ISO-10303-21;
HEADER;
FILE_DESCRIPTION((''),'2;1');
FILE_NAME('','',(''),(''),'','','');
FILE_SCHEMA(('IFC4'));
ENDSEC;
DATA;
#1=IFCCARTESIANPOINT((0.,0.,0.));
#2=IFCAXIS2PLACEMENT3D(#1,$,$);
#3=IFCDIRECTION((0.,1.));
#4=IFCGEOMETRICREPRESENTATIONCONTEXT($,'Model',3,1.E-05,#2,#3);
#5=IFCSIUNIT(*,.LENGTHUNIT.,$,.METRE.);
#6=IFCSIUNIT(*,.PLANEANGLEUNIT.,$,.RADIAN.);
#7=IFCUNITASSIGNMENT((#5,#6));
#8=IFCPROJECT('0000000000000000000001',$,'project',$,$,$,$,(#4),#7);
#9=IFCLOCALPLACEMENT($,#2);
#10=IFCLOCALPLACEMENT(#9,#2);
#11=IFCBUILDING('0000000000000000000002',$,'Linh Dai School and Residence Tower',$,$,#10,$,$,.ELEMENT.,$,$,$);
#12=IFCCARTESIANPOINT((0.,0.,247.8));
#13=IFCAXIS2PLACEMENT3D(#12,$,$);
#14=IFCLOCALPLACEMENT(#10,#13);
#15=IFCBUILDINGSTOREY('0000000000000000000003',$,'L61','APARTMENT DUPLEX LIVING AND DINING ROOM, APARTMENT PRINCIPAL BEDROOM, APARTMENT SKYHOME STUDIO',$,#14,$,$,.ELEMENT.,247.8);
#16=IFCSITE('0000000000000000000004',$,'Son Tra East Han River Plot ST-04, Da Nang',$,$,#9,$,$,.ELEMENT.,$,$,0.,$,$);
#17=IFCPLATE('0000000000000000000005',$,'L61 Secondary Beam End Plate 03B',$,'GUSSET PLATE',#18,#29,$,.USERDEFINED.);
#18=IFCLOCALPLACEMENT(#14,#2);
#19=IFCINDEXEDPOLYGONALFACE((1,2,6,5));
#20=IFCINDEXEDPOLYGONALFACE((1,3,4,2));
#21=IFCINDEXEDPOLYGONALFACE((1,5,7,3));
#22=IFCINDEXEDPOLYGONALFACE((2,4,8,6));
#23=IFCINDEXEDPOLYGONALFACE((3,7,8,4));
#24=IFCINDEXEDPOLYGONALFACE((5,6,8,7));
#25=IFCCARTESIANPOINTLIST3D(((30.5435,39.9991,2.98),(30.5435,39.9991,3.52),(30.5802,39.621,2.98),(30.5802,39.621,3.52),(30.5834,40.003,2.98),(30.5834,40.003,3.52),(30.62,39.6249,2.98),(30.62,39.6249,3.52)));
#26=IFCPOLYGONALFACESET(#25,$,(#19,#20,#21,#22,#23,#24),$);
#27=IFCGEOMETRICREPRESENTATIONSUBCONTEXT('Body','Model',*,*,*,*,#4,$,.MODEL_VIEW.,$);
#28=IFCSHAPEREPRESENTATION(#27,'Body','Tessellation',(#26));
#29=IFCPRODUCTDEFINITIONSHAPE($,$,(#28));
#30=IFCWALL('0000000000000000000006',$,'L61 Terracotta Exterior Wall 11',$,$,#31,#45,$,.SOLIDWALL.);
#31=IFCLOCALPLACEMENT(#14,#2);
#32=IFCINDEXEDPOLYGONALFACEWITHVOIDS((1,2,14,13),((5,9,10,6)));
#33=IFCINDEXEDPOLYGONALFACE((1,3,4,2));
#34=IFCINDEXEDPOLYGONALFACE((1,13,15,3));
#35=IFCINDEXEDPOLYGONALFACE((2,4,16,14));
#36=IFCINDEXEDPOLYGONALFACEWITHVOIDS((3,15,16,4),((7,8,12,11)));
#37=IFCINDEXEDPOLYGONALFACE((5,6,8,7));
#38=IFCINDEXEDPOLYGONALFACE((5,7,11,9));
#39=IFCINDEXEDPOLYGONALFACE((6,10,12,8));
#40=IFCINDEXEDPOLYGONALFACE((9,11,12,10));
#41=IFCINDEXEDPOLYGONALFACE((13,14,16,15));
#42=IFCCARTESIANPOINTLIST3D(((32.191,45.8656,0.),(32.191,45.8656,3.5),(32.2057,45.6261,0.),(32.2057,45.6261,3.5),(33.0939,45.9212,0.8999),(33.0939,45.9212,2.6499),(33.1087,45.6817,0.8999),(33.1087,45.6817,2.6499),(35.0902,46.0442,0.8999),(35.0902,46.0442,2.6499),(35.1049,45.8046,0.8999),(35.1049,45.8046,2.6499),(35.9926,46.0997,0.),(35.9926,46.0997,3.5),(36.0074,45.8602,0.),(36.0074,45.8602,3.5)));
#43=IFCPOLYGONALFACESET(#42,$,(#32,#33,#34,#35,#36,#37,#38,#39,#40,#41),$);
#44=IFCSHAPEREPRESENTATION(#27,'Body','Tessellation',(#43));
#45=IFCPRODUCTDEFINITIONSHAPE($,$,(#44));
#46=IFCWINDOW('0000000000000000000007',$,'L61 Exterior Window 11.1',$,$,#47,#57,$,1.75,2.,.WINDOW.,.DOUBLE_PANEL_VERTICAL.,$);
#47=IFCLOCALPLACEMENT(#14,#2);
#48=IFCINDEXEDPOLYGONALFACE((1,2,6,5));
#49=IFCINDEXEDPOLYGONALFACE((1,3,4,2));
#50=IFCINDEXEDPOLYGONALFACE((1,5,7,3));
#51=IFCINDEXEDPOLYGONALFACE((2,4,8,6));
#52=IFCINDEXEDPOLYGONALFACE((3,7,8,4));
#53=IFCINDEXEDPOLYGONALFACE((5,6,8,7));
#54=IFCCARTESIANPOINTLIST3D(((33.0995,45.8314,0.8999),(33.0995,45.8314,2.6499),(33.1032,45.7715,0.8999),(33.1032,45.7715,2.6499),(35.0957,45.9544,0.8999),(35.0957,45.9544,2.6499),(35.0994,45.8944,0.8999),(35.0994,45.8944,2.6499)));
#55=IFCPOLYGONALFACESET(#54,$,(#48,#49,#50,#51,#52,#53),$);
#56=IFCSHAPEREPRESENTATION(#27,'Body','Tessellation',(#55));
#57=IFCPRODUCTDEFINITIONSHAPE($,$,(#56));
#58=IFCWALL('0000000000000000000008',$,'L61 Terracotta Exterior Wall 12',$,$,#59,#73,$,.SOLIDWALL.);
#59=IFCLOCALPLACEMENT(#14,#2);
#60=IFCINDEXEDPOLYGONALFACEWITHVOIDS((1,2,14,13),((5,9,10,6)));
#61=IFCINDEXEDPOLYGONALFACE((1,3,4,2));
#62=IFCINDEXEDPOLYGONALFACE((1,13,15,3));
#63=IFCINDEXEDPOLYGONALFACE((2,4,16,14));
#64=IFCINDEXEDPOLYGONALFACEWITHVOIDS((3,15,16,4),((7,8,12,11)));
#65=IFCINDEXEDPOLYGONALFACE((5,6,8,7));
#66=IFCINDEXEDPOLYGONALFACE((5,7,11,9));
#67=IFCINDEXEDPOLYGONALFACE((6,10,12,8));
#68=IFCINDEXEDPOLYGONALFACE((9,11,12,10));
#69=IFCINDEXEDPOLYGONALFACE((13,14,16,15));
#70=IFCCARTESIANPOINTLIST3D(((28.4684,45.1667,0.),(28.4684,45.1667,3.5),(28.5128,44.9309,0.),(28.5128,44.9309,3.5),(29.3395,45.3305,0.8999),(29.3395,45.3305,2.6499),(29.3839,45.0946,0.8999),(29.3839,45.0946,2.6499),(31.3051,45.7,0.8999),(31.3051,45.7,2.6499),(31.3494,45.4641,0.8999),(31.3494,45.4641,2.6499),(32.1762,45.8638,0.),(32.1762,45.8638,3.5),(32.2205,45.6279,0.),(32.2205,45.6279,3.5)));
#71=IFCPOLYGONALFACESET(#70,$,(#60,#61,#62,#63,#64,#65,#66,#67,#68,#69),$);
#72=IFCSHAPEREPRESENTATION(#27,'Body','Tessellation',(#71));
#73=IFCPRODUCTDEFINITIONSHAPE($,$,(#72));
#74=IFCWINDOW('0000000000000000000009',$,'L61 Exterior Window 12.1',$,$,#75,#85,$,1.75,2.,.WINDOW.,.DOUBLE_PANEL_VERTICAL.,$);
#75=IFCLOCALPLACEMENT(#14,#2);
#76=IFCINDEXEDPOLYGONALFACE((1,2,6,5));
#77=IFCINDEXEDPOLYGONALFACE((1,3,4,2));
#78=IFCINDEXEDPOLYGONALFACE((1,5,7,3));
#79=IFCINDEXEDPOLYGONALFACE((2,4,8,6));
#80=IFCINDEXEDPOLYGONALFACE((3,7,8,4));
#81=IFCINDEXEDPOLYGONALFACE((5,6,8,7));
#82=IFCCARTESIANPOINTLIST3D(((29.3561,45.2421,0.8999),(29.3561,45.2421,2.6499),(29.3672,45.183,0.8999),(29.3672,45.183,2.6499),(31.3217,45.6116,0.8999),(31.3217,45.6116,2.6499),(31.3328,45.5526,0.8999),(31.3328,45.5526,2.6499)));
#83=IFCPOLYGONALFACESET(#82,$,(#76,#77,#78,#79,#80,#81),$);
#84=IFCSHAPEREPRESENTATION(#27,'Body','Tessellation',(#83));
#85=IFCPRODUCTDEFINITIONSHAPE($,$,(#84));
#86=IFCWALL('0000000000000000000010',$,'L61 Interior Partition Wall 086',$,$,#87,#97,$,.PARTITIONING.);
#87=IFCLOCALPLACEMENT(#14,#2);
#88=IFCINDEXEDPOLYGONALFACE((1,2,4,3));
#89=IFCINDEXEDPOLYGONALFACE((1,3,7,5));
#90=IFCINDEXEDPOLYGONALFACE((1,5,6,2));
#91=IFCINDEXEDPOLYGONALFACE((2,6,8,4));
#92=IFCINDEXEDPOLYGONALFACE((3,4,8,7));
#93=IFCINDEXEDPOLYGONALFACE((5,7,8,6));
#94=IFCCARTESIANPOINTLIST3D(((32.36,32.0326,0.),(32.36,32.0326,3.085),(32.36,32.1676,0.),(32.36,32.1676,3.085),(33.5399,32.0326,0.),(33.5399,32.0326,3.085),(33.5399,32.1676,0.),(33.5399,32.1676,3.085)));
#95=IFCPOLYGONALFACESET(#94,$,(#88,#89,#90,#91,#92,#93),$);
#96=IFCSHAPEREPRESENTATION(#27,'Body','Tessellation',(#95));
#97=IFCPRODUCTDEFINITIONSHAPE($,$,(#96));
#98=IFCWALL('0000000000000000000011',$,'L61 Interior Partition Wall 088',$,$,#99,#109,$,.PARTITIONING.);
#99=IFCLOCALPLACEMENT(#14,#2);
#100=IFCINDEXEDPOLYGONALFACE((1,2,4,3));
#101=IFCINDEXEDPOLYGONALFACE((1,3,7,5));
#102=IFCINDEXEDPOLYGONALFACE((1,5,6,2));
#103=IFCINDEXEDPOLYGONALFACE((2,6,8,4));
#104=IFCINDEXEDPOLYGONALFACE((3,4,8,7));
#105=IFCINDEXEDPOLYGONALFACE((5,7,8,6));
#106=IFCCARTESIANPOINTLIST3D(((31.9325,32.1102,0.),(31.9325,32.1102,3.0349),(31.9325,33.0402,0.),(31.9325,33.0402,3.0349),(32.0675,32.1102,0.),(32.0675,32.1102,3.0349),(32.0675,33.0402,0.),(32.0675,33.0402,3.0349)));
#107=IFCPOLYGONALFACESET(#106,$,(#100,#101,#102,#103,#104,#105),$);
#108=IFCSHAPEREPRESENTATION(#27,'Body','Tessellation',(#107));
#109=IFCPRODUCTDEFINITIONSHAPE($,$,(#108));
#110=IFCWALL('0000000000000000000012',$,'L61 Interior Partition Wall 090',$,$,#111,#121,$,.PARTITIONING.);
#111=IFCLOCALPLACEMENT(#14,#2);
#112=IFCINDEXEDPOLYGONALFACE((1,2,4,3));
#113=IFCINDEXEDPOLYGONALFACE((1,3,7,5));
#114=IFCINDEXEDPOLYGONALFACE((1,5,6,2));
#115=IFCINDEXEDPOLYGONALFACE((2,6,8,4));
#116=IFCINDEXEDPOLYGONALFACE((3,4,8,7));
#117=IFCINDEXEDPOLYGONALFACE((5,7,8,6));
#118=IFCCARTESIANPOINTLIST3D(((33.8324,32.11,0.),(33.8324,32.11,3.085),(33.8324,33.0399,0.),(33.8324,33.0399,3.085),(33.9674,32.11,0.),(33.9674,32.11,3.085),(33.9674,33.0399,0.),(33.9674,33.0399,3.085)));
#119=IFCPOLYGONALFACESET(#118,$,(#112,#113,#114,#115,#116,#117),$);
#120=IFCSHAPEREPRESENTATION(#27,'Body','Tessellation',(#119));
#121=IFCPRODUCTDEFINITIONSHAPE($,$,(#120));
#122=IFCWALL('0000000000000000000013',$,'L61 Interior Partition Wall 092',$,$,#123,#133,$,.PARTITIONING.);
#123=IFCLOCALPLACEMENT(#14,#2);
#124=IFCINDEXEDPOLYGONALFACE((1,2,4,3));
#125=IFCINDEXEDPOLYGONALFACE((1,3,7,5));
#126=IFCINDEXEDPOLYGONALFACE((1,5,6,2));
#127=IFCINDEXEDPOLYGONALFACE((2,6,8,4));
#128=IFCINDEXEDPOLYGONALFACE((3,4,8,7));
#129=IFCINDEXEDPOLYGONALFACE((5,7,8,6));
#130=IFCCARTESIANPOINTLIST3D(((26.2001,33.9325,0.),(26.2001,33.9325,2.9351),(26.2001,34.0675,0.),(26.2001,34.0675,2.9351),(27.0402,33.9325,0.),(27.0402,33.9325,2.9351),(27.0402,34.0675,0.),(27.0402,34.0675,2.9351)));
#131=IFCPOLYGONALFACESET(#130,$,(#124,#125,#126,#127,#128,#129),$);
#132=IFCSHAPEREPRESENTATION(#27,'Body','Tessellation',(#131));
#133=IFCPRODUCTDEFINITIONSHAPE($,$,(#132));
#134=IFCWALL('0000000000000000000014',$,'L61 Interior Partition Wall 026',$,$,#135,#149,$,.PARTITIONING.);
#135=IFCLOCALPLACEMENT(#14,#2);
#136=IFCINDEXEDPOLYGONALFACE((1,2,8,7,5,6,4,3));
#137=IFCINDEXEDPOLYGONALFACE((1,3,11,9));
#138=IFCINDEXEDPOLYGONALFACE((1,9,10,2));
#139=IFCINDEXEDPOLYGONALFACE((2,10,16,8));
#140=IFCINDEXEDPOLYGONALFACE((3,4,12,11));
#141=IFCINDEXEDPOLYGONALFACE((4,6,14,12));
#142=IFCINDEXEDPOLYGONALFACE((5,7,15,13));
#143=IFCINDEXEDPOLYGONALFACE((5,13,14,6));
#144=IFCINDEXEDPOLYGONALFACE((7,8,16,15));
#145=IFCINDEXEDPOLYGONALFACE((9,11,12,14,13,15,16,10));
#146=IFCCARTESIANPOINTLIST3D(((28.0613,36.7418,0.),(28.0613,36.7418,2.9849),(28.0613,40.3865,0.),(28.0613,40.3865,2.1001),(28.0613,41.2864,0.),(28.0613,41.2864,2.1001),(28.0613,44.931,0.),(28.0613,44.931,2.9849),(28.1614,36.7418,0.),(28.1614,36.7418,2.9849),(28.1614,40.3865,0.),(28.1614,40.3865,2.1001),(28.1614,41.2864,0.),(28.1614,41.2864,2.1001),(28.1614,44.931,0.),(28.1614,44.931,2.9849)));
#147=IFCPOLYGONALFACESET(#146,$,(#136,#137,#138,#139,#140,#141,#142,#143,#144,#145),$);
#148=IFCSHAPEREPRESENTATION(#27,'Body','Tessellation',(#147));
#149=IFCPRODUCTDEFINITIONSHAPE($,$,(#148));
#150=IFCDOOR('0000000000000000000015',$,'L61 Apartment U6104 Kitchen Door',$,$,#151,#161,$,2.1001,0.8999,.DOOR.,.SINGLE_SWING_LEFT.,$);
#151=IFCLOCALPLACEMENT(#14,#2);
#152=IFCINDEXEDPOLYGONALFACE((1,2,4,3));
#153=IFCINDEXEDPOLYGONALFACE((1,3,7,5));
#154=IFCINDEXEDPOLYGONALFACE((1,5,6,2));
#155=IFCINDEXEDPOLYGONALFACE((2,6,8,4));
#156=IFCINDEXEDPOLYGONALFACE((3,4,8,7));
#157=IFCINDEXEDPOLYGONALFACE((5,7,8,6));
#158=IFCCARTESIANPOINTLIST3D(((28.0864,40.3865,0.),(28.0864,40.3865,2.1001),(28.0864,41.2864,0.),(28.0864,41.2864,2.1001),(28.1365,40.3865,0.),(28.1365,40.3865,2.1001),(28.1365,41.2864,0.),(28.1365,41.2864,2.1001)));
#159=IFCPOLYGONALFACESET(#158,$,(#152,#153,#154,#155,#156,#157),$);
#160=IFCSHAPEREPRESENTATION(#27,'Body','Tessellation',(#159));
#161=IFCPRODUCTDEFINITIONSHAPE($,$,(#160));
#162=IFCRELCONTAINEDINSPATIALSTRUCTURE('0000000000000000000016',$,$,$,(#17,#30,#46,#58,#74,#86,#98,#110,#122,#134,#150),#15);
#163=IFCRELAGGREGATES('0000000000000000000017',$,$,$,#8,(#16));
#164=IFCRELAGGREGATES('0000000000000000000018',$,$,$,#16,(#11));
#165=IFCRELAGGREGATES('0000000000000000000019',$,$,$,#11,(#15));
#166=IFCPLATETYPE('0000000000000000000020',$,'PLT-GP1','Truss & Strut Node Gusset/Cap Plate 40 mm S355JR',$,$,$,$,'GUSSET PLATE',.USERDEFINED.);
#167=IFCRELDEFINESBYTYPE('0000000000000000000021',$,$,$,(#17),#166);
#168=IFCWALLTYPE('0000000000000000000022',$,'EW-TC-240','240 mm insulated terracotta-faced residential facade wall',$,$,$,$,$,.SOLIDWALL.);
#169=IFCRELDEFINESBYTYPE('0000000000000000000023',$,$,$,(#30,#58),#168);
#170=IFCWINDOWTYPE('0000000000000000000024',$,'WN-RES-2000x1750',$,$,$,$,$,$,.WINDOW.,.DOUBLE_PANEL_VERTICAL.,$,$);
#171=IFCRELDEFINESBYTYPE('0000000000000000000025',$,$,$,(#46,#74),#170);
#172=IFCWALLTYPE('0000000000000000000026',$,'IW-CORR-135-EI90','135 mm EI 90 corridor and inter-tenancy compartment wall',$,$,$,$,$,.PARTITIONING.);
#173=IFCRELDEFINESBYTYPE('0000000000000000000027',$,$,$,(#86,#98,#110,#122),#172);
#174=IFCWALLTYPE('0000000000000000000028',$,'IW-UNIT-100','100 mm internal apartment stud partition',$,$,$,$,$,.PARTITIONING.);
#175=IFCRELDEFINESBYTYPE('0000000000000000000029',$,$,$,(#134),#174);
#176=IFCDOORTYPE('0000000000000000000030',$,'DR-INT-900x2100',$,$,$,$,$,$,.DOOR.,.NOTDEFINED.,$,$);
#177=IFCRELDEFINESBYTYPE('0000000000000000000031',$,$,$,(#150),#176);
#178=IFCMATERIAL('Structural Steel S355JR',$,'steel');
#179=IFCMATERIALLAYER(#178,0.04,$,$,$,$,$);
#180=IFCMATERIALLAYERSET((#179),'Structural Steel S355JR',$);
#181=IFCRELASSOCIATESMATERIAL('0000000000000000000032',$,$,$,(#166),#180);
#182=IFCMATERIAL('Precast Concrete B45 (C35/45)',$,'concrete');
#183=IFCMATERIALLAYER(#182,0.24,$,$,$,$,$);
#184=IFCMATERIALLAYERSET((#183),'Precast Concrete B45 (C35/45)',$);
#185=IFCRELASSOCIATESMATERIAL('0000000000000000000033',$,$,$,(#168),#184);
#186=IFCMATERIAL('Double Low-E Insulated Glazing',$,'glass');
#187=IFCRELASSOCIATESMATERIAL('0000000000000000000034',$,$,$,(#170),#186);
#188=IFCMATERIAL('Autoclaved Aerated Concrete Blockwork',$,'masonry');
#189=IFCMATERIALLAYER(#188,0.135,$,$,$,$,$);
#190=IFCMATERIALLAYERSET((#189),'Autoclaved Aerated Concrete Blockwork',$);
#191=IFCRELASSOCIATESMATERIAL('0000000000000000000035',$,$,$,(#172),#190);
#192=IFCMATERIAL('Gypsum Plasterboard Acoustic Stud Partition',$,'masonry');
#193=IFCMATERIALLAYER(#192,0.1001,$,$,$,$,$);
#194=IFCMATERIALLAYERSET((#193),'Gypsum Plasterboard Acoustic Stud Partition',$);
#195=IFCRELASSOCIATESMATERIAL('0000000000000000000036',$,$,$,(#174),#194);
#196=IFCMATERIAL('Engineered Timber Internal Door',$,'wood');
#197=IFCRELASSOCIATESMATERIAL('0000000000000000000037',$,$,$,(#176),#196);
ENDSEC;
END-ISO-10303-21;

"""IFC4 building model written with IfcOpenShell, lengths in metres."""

from ifc_helpers import new_model, si_unit, direction, frame, frame_2d, origin, origin_2d, place, context, subcontext, project, spatial, rectangle, extrude, source, transform, mapped, material, layer, layer_set, type_object, element, fill, save


model = new_model("IFC4")

# Units and contexts
model_context = context("Model", 3, precision=1e-05, world=origin(), true_north=direction((0.0, 1.0)))
body_context = subcontext(model_context, "Body", "Model", "MODEL_VIEW")
ifc_project = project(units=[si_unit("LENGTHUNIT", "METRE"), si_unit("PLANEANGLEUNIT", "RADIAN")], contexts=[model_context])

# Site, building, storey
site_placement = place(None, origin())
site = spatial("IfcSite", under=ifc_project, at=site_placement, Name="Son Tra East Han River Plot ST-04, Da Nang", CompositionType="ELEMENT", RefElevation=0.0)
building_placement = place(site_placement, origin())
building = spatial("IfcBuilding", under=site, at=building_placement, Name="Linh Dai School and Residence Tower", CompositionType="ELEMENT")
storey_placement = place(building_placement, frame((0.0, 0.0, 247.8)))
storey = spatial("IfcBuildingStorey", under=building, at=storey_placement, Name="L61", Description="APARTMENT DUPLEX LIVING AND DINING ROOM, APARTMENT PRINCIPAL BEDROOM, APARTMENT SKYHOME STUDIO", CompositionType="ELEMENT", Elevation=247.8)

# Shared definitions
ifc_material_1 = material(Name="Structural Steel S355JR", Category="steel")

# Plate
ifc_layer_1 = layer(ifc_material_1, 0.04)
ifc_layer_set_1 = layer_set([ifc_layer_1], Name="Structural Steel S355JR")
plate_type = type_object("IfcPlateType", Name="PLT-GP1", Description="Truss & Strut Node Gusset/Cap Plate 40 mm S355JR", ElementType="GUSSET PLATE", PredefinedType="USERDEFINED", material=ifc_layer_set_1)
shared_shape_1 = source(origin(), body_context, "Body", "SweptSolid", [
    extrude(rectangle(XDim=0.04, YDim=0.3799, at=origin_2d()), origin(), (0.0, 0.0, 1.0), 0.54),
])
plate_placement = place(storey_placement, frame((30.5818, 39.812, 2.98), z_axis=(0.0, 0.0, 1.0), x_axis=(-0.995333, -0.096497, 0.0)))
element("IfcPlate", 1, at=plate_placement, inside=storey, type_object=plate_type, Name="L61 Secondary Beam End Plate 03B", ObjectType="GUSSET PLATE", PredefinedType="USERDEFINED", context=body_context, shape_type="MappedRepresentation", body=[
    mapped(shared_shape_1, transform((0.0, 0.0, 0.0), x_axis=(1.0, 0.0, 0.0), y_axis=(0.0, 1.0, 0.0), z_axis=(0.0, 0.0, 1.0), scale=1.0)),
])

# Walls, openings, windows
ifc_material_2 = material(Name="Precast Concrete B45 (C35/45)", Category="concrete")
ifc_layer_2 = layer(ifc_material_2, 0.24)
ifc_layer_set_2 = layer_set([ifc_layer_2], Name="Precast Concrete B45 (C35/45)")
wall_type_1 = type_object("IfcWallType", Name="EW-TC-240", Description="240 mm insulated terracotta-faced residential facade wall", PredefinedType="SOLIDWALL", material=ifc_layer_set_2)
wall_1_placement = place(storey_placement, frame((32.1985, 45.7458, 0.0), z_axis=(0.0, 0.0, 1.0), x_axis=(0.998109, 0.061472, 0.0)))
wall_1 = element("IfcWall", 2, at=wall_1_placement, inside=storey, type_object=wall_type_1, Name="L61 Terracotta Exterior Wall 11", PredefinedType="SOLIDWALL", context=body_context, shape_type="SweptSolid", body=[
    extrude(rectangle(XDim=3.8088, YDim=0.24, at=frame_2d((1.9043, 0.0))), origin(), (0.0, 0.0, 1.0), 3.5),
])
opening_1_placement = place(wall_1_placement, frame((0.9045, 0.0, 0.8999)))
opening_1 = element("IfcOpeningElement", 3, at=opening_1_placement, cuts=wall_1, PredefinedType="OPENING", context=body_context, shape_type="SweptSolid", body=[
    extrude(rectangle(XDim=2.0, YDim=1.75, at=origin_2d()), frame((1.0, 0.1299, 0.875), z_axis=(0.0, -1.0, 0.0), x_axis=(1.0, 0.0, 0.0)), (0.0, 0.0, 1.0), 0.26),
])
ifc_material_3 = material(Name="Double Low-E Insulated Glazing", Category="glass")
window_type = type_object("IfcWindowType", Name="WN-RES-2000x1750", PartitioningType="DOUBLE_PANEL_VERTICAL", PredefinedType="WINDOW", material=ifc_material_3)
shared_shape_2 = source(origin(), body_context, "Body", "SweptSolid", [
    extrude(rectangle(XDim=2.0, YDim=1.75, at=origin_2d()), frame((1.0, 0.03, 0.875), z_axis=(0.0, -1.0, 0.0), x_axis=(1.0, 0.0, 0.0)), (0.0, 0.0, 1.0), 0.0601),
])
window_1_placement = place(opening_1_placement, origin())
window_1 = element("IfcWindow", 4, at=window_1_placement, inside=storey, type_object=window_type, Name="L61 Exterior Window 11.1", OverallHeight=1.75, OverallWidth=2.0, PartitioningType="DOUBLE_PANEL_VERTICAL", PredefinedType="WINDOW", context=body_context, shape_type="MappedRepresentation", body=[
    mapped(shared_shape_2, transform((0.0, 0.0, 0.0), x_axis=(1.0, 0.0, 0.0), y_axis=(0.0, 1.0, 0.0), z_axis=(0.0, 0.0, 1.0), scale=1.0)),
])
fill(opening_1, window_1)
wall_2_placement = place(storey_placement, frame((28.4907, 45.0488, 0.0), z_axis=(0.0, 0.0, 1.0), x_axis=(0.982785, 0.184753, 0.0)))
wall_2 = element("IfcWall", 5, at=wall_2_placement, inside=storey, type_object=wall_type_1, Name="L61 Terracotta Exterior Wall 12", PredefinedType="SOLIDWALL", context=body_context, shape_type="SweptSolid", body=[
    extrude(rectangle(XDim=3.7727, YDim=0.24, at=frame_2d((1.8862, 0.0))), origin(), (0.0, 0.0, 1.0), 3.5),
])
opening_2_placement = place(wall_2_placement, frame((0.8862, 0.0, 0.8999)))
opening_2 = element("IfcOpeningElement", 6, at=opening_2_placement, cuts=wall_2, PredefinedType="OPENING", context=body_context, shape_type="SweptSolid", body=[
    extrude(rectangle(XDim=2.0, YDim=1.75, at=origin_2d()), frame((1.0, 0.1299, 0.875), z_axis=(0.0, -1.0, 0.0), x_axis=(1.0, 0.0, 0.0)), (0.0, 0.0, 1.0), 0.26),
])
window_2_placement = place(opening_2_placement, origin())
window_2 = element("IfcWindow", 7, at=window_2_placement, inside=storey, type_object=window_type, Name="L61 Exterior Window 12.1", OverallHeight=1.75, OverallWidth=2.0, PartitioningType="DOUBLE_PANEL_VERTICAL", PredefinedType="WINDOW", context=body_context, shape_type="MappedRepresentation", body=[
    mapped(shared_shape_2, transform((0.0, 0.0, 0.0), x_axis=(1.0, 0.0, 0.0), y_axis=(0.0, 1.0, 0.0), z_axis=(0.0, 0.0, 1.0), scale=1.0)),
])
fill(opening_2, window_2)

# Walls
ifc_material_4 = material(Name="Autoclaved Aerated Concrete Blockwork", Category="masonry")
ifc_layer_3 = layer(ifc_material_4, 0.135)
ifc_layer_set_3 = layer_set([ifc_layer_3], Name="Autoclaved Aerated Concrete Blockwork")
wall_type_2 = type_object("IfcWallType", Name="IW-CORR-135-EI90", Description="135 mm EI 90 corridor and inter-tenancy compartment wall", PredefinedType="PARTITIONING", material=ifc_layer_set_3)
wall_3_placement = place(storey_placement, frame((32.3601, 32.1001, 0.0), z_axis=(0.0, 0.0, 1.0), x_axis=(1.0, 0.0, 0.0)))
element("IfcWall", 8, at=wall_3_placement, inside=storey, type_object=wall_type_2, Name="L61 Interior Partition Wall 086", PredefinedType="PARTITIONING", context=body_context, shape_type="SweptSolid", body=[
    extrude(rectangle(XDim=1.1799, YDim=0.135, at=frame_2d((0.5898, 0.0))), origin(), (0.0, 0.0, 1.0), 3.085),
])
wall_4_placement = place(storey_placement, frame((32.0, 33.04, 0.0), z_axis=(0.0, 0.0, 1.0), x_axis=(0.0, -1.0, 0.0)))
element("IfcWall", 9, at=wall_4_placement, inside=storey, type_object=wall_type_2, Name="L61 Interior Partition Wall 088", PredefinedType="PARTITIONING", context=body_context, shape_type="SweptSolid", body=[
    extrude(rectangle(XDim=0.9299, YDim=0.135, at=frame_2d((0.4648, 0.0))), origin(), (0.0, 0.0, 1.0), 3.0349),
])
wall_5_placement = place(storey_placement, frame((33.8999, 32.1101, 0.0), z_axis=(0.0, 0.0, 1.0), x_axis=(0.0, 1.0, 0.0)))
element("IfcWall", 10, at=wall_5_placement, inside=storey, type_object=wall_type_2, Name="L61 Interior Partition Wall 090", PredefinedType="PARTITIONING", context=body_context, shape_type="SweptSolid", body=[
    extrude(rectangle(XDim=0.9299, YDim=0.135, at=frame_2d((0.4648, 0.0))), origin(), (0.0, 0.0, 1.0), 3.085),
])
wall_6_placement = place(storey_placement, frame((27.04, 34.0, 0.0), z_axis=(0.0, 0.0, 1.0), x_axis=(-1.0, 0.0, 0.0)))
element("IfcWall", 11, at=wall_6_placement, inside=storey, type_object=wall_type_2, Name="L61 Interior Partition Wall 092", PredefinedType="PARTITIONING", context=body_context, shape_type="SweptSolid", body=[
    extrude(rectangle(XDim=0.8401, YDim=0.135, at=frame_2d((0.4199, 0.0))), origin(), (0.0, 0.0, 1.0), 2.9351),
])

# Wall, opening, door
ifc_material_5 = material(Name="Gypsum Plasterboard Acoustic Stud Partition", Category="masonry")
ifc_layer_4 = layer(ifc_material_5, 0.1001)
ifc_layer_set_4 = layer_set([ifc_layer_4], Name="Gypsum Plasterboard Acoustic Stud Partition")
wall_type_3 = type_object("IfcWallType", Name="IW-UNIT-100", Description="100 mm internal apartment stud partition", PredefinedType="PARTITIONING", material=ifc_layer_set_4)
wall_7_placement = place(storey_placement, frame((28.1113, 36.7417, 0.0), z_axis=(0.0, 0.0, 1.0), x_axis=(0.0, 1.0, 0.0)))
wall_7 = element("IfcWall", 12, at=wall_7_placement, inside=storey, type_object=wall_type_3, Name="L61 Interior Partition Wall 026", PredefinedType="PARTITIONING", context=body_context, shape_type="SweptSolid", body=[
    extrude(rectangle(XDim=8.1892, YDim=0.1001, at=frame_2d((4.0947, 0.0))), origin(), (0.0, 0.0, 1.0), 2.9849),
])
opening_3_placement = place(wall_7_placement, frame((3.6448, 0.0, 0.0)))
opening_3 = element("IfcOpeningElement", 13, at=opening_3_placement, cuts=wall_7, PredefinedType="OPENING", context=body_context, shape_type="SweptSolid", body=[
    extrude(rectangle(XDim=0.8999, YDim=2.1001, at=origin_2d()), frame((0.45, 0.0601, 1.05), z_axis=(0.0, -1.0, 0.0), x_axis=(1.0, 0.0, 0.0)), (0.0, 0.0, 1.0), 0.1201),
])
ifc_material_6 = material(Name="Engineered Timber Internal Door", Category="wood")
door_type_1 = type_object("IfcDoorType", Name="DR-INT-900x2100", OperationType="NOTDEFINED", PredefinedType="DOOR", material=ifc_material_6)
shared_shape_3 = source(origin(), body_context, "Body", "SweptSolid", [
    extrude(rectangle(XDim=0.8999, YDim=2.1001, at=origin_2d()), frame((0.45, 0.0249, 1.05), z_axis=(0.0, -1.0, 0.0), x_axis=(1.0, 0.0, 0.0)), (0.0, 0.0, 1.0), 0.05),
])
door_1_placement = place(opening_3_placement, origin())
door_1 = element("IfcDoor", 14, at=door_1_placement, inside=storey, type_object=door_type_1, Name="L61 Apartment U6104 Kitchen Door", OperationType="SINGLE_SWING_LEFT", OverallHeight=2.1001, OverallWidth=0.8999, PredefinedType="DOOR", context=body_context, shape_type="MappedRepresentation", body=[
    mapped(shared_shape_3, transform((0.0, 0.0, 0.0), x_axis=(1.0, 0.0, 0.0), y_axis=(0.0, 1.0, 0.0), z_axis=(0.0, 0.0, 1.0), scale=1.0)),
])
fill(opening_3, door_1)

save(model, "model.ifc")
